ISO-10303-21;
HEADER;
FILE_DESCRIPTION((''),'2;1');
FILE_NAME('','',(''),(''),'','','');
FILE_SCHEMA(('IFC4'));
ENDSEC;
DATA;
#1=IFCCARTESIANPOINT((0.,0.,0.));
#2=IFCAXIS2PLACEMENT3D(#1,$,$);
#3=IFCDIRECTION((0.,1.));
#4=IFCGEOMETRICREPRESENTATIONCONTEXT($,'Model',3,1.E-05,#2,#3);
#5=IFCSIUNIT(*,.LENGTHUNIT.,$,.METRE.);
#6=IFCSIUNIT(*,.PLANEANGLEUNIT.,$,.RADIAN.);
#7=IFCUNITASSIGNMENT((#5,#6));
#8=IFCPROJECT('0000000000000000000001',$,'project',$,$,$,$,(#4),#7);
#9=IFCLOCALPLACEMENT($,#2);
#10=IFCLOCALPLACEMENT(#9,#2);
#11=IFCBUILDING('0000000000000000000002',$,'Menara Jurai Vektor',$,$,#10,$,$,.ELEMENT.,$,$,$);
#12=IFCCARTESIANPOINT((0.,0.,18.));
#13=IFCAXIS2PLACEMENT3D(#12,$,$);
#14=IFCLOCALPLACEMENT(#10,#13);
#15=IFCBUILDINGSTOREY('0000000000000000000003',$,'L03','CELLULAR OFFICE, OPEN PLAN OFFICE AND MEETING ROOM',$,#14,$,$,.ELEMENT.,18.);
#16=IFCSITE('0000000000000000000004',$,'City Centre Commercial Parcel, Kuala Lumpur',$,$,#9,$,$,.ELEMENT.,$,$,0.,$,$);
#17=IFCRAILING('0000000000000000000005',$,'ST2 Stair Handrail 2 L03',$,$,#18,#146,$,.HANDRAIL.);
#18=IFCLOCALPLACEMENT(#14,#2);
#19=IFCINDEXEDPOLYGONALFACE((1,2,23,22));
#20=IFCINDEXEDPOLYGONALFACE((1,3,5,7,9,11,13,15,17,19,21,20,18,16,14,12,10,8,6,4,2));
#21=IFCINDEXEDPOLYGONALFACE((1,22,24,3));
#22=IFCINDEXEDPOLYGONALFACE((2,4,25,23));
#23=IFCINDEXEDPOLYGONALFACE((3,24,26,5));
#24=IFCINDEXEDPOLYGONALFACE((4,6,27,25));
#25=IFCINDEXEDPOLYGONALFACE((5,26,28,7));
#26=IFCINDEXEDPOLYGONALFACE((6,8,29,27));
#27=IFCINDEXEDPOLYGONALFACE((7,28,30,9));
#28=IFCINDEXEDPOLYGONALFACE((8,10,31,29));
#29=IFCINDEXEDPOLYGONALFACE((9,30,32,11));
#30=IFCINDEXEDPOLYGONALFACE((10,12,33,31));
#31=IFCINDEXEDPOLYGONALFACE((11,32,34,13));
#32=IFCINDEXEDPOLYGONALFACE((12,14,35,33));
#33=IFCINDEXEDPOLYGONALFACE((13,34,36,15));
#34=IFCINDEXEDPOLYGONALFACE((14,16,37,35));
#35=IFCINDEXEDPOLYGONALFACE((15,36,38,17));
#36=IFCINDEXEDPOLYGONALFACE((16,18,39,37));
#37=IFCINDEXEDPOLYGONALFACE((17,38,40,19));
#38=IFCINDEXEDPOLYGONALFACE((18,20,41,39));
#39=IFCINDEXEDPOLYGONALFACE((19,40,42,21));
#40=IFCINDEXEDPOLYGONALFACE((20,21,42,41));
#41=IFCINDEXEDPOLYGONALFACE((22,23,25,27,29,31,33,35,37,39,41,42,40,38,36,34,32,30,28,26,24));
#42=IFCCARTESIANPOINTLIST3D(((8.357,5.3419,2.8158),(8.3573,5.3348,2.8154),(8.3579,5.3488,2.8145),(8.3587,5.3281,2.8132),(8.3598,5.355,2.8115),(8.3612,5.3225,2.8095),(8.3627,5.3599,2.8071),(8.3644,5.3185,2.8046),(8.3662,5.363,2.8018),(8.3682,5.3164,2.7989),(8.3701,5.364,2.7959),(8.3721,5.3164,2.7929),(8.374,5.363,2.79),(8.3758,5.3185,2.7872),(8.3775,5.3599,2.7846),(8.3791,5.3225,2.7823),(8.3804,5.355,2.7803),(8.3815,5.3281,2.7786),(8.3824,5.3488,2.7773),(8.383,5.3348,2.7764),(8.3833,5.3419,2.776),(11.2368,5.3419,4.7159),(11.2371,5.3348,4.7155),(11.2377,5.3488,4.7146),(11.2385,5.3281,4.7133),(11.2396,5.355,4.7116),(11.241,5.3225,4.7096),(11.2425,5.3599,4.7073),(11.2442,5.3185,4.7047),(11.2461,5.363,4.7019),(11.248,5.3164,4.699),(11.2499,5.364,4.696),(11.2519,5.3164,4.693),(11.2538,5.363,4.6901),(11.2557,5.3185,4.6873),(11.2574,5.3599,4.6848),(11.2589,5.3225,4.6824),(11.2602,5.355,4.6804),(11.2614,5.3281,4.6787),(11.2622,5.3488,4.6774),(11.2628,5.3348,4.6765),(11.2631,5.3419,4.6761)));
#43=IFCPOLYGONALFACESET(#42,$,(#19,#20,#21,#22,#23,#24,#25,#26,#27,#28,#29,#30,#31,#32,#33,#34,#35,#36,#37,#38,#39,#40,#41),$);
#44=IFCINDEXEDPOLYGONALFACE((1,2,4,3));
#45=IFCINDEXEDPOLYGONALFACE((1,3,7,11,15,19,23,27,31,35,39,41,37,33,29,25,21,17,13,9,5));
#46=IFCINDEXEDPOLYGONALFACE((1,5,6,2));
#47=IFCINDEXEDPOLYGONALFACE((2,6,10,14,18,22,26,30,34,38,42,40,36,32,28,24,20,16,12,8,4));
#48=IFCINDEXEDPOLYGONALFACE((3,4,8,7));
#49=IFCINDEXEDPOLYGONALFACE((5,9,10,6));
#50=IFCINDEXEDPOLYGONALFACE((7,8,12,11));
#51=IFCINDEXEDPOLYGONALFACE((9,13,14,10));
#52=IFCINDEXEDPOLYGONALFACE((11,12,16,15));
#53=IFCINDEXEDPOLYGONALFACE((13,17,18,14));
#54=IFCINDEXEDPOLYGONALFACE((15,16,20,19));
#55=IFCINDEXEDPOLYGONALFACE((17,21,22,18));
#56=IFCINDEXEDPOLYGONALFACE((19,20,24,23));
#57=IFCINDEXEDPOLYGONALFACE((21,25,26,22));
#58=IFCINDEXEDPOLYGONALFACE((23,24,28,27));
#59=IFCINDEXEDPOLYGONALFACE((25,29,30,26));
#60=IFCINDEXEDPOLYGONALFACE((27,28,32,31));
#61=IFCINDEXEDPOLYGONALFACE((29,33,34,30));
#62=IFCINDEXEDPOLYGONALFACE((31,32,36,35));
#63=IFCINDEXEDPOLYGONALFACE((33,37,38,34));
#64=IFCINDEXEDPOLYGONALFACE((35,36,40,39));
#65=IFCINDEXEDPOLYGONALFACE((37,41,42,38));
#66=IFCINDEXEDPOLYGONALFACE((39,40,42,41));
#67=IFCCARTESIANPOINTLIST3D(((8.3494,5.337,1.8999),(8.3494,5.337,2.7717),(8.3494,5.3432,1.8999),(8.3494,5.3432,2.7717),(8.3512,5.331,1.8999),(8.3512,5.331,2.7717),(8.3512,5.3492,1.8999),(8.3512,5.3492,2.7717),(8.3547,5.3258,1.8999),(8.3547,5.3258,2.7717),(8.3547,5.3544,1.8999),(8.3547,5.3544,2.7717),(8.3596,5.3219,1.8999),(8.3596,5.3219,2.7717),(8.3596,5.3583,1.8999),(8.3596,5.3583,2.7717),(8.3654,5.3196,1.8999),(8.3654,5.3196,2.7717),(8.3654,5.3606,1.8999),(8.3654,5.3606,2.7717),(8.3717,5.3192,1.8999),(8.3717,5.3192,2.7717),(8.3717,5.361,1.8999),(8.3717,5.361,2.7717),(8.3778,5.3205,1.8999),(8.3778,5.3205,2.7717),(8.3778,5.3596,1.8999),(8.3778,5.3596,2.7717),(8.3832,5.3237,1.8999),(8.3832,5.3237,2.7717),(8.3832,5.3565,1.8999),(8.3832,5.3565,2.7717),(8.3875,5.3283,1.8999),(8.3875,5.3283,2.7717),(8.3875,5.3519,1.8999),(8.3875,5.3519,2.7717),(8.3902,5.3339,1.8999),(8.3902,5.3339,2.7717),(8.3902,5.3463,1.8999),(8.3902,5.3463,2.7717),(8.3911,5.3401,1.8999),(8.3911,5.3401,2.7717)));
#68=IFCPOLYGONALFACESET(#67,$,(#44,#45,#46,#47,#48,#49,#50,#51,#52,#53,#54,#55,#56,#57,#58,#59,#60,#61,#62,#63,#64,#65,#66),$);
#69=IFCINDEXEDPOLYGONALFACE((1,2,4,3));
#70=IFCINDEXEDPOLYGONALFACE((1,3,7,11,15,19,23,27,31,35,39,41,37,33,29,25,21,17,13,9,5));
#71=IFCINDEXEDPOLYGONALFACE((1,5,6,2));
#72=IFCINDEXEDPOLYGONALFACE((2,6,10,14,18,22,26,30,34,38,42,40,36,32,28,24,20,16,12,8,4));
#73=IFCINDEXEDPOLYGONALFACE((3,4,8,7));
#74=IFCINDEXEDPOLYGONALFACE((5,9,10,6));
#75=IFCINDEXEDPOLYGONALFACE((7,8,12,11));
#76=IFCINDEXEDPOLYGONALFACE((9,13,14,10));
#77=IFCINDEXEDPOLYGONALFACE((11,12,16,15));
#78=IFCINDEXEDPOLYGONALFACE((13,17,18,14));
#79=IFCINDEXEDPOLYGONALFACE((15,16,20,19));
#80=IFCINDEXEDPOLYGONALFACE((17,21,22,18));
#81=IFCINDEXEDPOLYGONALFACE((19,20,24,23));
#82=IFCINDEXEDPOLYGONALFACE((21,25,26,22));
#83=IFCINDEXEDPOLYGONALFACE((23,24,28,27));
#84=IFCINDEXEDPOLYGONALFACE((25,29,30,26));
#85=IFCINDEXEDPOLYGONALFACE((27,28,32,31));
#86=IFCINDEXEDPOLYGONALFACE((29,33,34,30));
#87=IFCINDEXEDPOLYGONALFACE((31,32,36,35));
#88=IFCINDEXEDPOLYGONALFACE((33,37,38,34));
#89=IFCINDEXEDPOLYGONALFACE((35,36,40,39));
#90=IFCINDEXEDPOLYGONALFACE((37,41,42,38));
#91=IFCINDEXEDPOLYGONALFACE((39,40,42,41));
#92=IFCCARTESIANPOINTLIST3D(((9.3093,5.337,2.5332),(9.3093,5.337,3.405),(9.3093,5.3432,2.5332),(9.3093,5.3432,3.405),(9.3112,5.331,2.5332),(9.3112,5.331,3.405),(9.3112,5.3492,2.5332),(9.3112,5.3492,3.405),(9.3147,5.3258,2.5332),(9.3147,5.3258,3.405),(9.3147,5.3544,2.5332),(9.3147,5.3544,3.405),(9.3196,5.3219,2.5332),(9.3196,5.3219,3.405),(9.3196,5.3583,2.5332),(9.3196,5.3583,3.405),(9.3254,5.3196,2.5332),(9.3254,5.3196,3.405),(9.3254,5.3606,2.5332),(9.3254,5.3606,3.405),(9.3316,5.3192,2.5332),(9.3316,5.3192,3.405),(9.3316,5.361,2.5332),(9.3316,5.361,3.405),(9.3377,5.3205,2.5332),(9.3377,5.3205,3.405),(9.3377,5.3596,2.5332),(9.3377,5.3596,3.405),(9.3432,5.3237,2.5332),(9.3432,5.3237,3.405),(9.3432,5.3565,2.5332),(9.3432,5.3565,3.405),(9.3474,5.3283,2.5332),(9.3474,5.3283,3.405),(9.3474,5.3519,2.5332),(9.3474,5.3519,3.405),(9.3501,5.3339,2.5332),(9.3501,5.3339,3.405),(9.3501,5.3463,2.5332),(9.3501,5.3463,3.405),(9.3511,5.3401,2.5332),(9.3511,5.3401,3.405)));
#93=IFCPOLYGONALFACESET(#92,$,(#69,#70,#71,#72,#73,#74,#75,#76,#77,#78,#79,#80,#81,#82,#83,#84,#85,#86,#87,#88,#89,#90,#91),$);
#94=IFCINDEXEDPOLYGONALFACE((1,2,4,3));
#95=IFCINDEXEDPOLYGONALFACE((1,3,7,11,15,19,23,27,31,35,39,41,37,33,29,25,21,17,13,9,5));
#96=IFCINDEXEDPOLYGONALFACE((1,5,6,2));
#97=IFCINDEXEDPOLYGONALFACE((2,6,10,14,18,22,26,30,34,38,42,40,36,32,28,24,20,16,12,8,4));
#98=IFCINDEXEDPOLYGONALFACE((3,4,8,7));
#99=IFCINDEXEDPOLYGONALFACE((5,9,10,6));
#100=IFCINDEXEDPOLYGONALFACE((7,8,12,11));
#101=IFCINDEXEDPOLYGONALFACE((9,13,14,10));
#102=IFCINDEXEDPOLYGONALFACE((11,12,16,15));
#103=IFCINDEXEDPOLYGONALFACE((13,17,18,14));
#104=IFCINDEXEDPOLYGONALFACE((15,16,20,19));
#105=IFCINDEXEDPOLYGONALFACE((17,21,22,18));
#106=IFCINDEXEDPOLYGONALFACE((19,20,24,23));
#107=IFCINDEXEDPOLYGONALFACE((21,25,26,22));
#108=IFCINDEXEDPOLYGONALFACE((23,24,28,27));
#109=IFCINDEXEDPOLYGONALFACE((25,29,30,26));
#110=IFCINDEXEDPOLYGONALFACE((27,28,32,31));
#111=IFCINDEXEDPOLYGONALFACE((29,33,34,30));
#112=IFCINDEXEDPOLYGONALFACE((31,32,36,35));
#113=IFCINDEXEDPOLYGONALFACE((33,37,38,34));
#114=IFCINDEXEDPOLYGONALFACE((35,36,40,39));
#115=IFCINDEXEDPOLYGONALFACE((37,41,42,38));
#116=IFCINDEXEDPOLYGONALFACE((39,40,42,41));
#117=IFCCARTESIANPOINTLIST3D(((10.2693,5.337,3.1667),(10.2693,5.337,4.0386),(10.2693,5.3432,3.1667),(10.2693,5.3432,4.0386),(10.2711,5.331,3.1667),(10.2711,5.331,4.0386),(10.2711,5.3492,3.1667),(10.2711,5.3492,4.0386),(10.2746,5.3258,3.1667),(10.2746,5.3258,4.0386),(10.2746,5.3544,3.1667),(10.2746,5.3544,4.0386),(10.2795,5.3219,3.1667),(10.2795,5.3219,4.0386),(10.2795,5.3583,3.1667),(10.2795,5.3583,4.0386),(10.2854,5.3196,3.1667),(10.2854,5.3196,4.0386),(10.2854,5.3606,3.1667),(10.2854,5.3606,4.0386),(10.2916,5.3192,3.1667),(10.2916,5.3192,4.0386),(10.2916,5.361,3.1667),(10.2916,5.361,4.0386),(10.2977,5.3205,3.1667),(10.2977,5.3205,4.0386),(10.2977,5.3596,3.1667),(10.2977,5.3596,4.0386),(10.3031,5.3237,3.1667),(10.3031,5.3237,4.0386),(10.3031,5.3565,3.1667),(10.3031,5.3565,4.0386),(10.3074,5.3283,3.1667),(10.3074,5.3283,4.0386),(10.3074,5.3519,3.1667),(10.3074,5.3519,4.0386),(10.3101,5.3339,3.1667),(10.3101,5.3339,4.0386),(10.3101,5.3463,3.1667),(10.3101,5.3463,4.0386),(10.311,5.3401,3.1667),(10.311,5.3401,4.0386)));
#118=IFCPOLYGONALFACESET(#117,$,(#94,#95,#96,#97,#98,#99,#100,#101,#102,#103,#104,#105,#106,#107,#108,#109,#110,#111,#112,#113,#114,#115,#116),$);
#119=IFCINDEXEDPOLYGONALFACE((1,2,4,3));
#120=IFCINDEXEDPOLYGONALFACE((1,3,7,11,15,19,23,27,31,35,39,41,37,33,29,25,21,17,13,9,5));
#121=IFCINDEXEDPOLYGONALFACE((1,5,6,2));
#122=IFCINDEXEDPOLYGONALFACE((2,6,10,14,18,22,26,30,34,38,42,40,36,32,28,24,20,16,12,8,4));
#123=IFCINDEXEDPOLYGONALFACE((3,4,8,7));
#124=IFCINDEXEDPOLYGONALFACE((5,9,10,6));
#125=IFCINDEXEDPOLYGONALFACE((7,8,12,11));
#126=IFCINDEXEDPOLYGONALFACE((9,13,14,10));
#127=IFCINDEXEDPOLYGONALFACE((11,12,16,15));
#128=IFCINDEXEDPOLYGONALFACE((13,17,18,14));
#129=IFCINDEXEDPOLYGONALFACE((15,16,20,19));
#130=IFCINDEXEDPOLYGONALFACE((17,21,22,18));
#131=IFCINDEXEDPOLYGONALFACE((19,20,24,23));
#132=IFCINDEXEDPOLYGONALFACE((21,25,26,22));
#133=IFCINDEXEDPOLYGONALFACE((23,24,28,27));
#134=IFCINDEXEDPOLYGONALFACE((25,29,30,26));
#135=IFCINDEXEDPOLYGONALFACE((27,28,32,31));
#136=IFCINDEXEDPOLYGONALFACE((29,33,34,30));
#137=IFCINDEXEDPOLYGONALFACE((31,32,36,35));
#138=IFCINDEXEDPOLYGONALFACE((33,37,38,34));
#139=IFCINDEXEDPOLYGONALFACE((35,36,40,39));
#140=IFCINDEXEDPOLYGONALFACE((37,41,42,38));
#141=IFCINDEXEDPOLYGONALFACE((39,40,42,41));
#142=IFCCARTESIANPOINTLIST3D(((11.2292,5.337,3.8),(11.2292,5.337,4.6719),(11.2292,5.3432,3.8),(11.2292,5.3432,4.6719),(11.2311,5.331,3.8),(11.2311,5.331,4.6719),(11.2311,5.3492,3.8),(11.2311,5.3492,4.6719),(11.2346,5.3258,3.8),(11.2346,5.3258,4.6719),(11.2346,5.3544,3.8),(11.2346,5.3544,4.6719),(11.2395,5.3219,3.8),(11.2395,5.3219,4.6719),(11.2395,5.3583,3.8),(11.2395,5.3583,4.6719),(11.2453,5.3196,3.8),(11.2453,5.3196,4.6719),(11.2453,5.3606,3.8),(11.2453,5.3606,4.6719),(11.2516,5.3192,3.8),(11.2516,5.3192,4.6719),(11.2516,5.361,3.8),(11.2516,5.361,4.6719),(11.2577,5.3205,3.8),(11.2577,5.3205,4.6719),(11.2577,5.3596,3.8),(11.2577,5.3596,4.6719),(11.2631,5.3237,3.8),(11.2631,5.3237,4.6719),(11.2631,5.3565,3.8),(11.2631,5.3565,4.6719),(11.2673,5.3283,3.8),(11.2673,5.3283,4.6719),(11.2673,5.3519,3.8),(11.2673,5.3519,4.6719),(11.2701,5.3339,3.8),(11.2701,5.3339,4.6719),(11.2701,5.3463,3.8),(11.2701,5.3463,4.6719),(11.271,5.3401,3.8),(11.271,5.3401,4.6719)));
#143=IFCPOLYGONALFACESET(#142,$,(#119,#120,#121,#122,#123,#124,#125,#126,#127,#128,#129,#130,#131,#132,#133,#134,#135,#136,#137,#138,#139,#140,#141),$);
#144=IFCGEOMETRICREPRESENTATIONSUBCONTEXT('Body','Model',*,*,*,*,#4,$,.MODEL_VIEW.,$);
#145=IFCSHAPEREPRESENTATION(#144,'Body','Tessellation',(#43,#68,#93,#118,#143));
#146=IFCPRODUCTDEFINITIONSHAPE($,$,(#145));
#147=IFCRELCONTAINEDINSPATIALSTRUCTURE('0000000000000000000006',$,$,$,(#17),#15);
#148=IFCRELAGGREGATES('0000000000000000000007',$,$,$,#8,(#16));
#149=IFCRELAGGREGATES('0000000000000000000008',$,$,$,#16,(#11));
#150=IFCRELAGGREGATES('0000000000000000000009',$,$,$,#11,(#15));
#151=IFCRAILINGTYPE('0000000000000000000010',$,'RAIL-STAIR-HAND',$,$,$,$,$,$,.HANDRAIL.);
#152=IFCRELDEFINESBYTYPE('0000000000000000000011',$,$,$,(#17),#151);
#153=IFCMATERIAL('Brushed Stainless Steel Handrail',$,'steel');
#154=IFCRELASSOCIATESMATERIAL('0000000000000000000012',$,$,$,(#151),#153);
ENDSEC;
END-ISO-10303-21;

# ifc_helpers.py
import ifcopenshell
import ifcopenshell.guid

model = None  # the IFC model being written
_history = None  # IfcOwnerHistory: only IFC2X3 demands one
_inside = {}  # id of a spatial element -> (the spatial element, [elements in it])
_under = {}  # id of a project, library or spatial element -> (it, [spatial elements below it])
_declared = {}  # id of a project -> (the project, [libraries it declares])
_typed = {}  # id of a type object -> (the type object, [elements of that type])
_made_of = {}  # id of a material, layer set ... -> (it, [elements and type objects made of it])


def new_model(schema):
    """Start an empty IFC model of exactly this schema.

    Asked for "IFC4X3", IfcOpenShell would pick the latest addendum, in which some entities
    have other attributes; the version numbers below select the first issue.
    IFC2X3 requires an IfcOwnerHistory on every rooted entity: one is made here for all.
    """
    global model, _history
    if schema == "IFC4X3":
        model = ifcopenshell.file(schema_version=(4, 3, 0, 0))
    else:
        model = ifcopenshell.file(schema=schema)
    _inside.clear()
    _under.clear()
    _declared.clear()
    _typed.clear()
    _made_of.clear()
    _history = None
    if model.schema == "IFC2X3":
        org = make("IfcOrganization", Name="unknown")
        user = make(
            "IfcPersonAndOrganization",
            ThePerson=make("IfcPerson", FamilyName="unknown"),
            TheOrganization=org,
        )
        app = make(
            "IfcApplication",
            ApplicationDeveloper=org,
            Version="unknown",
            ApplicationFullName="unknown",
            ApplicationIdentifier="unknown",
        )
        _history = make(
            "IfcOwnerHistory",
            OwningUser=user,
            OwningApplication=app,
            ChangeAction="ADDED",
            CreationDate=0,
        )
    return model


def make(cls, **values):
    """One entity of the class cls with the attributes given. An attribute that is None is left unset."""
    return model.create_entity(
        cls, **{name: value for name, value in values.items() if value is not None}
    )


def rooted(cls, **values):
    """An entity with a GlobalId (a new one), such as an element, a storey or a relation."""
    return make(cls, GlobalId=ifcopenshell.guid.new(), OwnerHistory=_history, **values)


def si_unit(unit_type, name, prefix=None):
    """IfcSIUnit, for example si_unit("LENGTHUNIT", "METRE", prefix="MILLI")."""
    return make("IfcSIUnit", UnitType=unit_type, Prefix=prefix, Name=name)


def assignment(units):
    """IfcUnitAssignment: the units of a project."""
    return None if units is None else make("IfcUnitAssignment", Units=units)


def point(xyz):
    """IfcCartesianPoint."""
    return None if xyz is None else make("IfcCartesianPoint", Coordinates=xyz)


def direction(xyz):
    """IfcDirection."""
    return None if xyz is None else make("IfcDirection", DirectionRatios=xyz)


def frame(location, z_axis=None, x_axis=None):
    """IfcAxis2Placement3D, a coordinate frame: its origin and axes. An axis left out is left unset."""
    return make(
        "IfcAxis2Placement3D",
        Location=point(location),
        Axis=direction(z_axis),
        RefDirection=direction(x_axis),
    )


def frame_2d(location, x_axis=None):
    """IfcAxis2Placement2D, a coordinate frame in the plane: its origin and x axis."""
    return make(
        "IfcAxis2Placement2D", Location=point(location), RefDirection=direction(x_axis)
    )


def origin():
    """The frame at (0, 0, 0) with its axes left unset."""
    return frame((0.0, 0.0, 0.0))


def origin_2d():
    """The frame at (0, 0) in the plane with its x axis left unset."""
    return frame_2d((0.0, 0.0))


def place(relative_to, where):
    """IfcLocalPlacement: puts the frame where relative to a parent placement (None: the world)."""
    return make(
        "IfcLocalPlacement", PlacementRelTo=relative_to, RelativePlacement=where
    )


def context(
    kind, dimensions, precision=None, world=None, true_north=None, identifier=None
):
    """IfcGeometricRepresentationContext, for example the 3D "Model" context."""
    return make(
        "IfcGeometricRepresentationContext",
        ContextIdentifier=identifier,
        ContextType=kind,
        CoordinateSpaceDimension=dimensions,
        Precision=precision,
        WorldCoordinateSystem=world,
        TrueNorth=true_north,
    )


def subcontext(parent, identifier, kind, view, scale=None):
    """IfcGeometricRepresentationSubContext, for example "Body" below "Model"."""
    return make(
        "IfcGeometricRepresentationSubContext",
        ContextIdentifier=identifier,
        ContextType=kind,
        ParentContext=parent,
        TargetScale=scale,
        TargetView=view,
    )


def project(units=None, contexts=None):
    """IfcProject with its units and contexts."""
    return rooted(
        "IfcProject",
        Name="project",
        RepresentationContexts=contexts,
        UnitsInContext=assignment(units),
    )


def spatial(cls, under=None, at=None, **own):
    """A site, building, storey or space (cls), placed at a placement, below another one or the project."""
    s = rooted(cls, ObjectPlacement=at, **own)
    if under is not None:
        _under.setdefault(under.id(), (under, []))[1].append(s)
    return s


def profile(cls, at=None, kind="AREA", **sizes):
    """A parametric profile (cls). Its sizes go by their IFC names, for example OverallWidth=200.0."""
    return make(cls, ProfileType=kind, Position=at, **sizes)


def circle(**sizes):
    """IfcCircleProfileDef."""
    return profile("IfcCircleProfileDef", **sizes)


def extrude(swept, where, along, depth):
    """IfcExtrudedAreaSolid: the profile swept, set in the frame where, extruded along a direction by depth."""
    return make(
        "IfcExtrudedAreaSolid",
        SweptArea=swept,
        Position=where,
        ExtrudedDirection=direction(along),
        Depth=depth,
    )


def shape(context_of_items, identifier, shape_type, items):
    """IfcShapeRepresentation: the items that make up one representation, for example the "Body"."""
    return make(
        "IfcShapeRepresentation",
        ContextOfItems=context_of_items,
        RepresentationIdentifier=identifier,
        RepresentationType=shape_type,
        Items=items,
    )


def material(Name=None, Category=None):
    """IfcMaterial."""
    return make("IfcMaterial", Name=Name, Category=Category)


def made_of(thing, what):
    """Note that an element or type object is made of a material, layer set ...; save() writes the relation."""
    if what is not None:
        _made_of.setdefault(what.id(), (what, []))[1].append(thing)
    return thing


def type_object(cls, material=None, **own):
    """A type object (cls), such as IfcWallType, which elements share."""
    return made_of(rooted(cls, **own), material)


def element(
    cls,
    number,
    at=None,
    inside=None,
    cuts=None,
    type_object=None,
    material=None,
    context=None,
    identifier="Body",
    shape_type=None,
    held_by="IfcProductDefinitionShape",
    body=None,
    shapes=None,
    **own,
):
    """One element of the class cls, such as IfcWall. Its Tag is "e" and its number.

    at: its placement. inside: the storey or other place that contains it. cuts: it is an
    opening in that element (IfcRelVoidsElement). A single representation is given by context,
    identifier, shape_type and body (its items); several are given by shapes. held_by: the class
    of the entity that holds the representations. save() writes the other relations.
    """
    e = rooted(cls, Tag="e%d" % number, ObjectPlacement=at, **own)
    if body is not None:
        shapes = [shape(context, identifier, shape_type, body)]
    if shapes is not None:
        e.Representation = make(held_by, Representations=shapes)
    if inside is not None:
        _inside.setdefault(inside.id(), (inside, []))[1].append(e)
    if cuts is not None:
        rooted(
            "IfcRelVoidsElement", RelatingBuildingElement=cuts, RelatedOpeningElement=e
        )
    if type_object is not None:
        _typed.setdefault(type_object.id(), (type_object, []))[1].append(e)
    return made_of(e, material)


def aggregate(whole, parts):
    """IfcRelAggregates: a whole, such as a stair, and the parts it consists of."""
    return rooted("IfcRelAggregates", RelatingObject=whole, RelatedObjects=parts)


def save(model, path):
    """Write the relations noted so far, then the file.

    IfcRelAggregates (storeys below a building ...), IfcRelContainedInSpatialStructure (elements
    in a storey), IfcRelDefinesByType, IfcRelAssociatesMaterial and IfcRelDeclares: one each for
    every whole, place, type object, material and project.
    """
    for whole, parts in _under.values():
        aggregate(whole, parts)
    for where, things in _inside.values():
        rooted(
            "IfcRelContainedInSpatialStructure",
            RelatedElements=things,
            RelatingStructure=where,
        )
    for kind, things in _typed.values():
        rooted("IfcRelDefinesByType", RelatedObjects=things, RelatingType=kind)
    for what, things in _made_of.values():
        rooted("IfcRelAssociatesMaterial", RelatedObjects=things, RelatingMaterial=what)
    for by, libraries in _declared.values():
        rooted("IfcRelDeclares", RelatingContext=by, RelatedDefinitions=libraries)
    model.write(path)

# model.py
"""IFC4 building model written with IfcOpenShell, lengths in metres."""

from ifc_helpers import new_model, si_unit, direction, frame, origin, origin_2d, place, context, subcontext, project, spatial, circle, extrude, material, type_object, element, save


model = new_model("IFC4")

# Units and contexts
model_context = context("Model", 3, precision=1e-05, world=origin(), true_north=direction((0.0, 1.0)))
body_context = subcontext(model_context, "Body", "Model", "MODEL_VIEW")
ifc_project = project(units=[si_unit("LENGTHUNIT", "METRE"), si_unit("PLANEANGLEUNIT", "RADIAN")], contexts=[model_context])

# Site, building, storey
site_placement = place(None, origin())
site = spatial("IfcSite", under=ifc_project, at=site_placement, Name="City Centre Commercial Parcel, Kuala Lumpur", CompositionType="ELEMENT", RefElevation=0.0)
building_placement = place(site_placement, origin())
building = spatial("IfcBuilding", under=site, at=building_placement, Name="Menara Jurai Vektor", CompositionType="ELEMENT")
storey_placement = place(building_placement, frame((0.0, 0.0, 18.0)))
storey = spatial("IfcBuildingStorey", under=building, at=storey_placement, Name="L03", Description="CELLULAR OFFICE, OPEN PLAN OFFICE AND MEETING ROOM", CompositionType="ELEMENT", Elevation=18.0)

# Railing
ifc_material_1 = material(Name="Brushed Stainless Steel Handrail", Category="steel")
railing_type_1 = type_object("IfcRailingType", Name="RAIL-STAIR-HAND", PredefinedType="HANDRAIL", material=ifc_material_1)
railing_1_placement = place(storey_placement, frame((8.3701, 5.3401, 1.8999)))
element("IfcRailing", 1, at=railing_1_placement, inside=storey, type_object=railing_type_1, Name="ST2 Stair Handrail 2 L03", PredefinedType="HANDRAIL", context=body_context, shape_type="SweptSolid", body=[
    extrude(circle(Radius=0.0239, at=origin_2d()), frame((0.0, 0.0, 0.896), z_axis=(0.834686, 0.0, 0.550726), x_axis=(0.0, 1.0, 0.0)), (0.0, 0.0, 1.0), 3.4502),
    extrude(circle(Radius=0.021, at=origin_2d()), origin(), (0.0, 0.0, 1.0), 0.8718),
    extrude(circle(Radius=0.021, at=origin_2d()), frame((0.96, 0.0, 0.6333)), (0.0, 0.0, 1.0), 0.8718),
    extrude(circle(Radius=0.021, at=origin_2d()), frame((1.9199, 0.0, 1.2668)), (0.0, 0.0, 1.0), 0.8718),
    extrude(circle(Radius=0.021, at=origin_2d()), frame((2.8799, 0.0, 1.9001)), (0.0, 0.0, 1.0), 0.8718),
])

save(model, "model.ifc")
